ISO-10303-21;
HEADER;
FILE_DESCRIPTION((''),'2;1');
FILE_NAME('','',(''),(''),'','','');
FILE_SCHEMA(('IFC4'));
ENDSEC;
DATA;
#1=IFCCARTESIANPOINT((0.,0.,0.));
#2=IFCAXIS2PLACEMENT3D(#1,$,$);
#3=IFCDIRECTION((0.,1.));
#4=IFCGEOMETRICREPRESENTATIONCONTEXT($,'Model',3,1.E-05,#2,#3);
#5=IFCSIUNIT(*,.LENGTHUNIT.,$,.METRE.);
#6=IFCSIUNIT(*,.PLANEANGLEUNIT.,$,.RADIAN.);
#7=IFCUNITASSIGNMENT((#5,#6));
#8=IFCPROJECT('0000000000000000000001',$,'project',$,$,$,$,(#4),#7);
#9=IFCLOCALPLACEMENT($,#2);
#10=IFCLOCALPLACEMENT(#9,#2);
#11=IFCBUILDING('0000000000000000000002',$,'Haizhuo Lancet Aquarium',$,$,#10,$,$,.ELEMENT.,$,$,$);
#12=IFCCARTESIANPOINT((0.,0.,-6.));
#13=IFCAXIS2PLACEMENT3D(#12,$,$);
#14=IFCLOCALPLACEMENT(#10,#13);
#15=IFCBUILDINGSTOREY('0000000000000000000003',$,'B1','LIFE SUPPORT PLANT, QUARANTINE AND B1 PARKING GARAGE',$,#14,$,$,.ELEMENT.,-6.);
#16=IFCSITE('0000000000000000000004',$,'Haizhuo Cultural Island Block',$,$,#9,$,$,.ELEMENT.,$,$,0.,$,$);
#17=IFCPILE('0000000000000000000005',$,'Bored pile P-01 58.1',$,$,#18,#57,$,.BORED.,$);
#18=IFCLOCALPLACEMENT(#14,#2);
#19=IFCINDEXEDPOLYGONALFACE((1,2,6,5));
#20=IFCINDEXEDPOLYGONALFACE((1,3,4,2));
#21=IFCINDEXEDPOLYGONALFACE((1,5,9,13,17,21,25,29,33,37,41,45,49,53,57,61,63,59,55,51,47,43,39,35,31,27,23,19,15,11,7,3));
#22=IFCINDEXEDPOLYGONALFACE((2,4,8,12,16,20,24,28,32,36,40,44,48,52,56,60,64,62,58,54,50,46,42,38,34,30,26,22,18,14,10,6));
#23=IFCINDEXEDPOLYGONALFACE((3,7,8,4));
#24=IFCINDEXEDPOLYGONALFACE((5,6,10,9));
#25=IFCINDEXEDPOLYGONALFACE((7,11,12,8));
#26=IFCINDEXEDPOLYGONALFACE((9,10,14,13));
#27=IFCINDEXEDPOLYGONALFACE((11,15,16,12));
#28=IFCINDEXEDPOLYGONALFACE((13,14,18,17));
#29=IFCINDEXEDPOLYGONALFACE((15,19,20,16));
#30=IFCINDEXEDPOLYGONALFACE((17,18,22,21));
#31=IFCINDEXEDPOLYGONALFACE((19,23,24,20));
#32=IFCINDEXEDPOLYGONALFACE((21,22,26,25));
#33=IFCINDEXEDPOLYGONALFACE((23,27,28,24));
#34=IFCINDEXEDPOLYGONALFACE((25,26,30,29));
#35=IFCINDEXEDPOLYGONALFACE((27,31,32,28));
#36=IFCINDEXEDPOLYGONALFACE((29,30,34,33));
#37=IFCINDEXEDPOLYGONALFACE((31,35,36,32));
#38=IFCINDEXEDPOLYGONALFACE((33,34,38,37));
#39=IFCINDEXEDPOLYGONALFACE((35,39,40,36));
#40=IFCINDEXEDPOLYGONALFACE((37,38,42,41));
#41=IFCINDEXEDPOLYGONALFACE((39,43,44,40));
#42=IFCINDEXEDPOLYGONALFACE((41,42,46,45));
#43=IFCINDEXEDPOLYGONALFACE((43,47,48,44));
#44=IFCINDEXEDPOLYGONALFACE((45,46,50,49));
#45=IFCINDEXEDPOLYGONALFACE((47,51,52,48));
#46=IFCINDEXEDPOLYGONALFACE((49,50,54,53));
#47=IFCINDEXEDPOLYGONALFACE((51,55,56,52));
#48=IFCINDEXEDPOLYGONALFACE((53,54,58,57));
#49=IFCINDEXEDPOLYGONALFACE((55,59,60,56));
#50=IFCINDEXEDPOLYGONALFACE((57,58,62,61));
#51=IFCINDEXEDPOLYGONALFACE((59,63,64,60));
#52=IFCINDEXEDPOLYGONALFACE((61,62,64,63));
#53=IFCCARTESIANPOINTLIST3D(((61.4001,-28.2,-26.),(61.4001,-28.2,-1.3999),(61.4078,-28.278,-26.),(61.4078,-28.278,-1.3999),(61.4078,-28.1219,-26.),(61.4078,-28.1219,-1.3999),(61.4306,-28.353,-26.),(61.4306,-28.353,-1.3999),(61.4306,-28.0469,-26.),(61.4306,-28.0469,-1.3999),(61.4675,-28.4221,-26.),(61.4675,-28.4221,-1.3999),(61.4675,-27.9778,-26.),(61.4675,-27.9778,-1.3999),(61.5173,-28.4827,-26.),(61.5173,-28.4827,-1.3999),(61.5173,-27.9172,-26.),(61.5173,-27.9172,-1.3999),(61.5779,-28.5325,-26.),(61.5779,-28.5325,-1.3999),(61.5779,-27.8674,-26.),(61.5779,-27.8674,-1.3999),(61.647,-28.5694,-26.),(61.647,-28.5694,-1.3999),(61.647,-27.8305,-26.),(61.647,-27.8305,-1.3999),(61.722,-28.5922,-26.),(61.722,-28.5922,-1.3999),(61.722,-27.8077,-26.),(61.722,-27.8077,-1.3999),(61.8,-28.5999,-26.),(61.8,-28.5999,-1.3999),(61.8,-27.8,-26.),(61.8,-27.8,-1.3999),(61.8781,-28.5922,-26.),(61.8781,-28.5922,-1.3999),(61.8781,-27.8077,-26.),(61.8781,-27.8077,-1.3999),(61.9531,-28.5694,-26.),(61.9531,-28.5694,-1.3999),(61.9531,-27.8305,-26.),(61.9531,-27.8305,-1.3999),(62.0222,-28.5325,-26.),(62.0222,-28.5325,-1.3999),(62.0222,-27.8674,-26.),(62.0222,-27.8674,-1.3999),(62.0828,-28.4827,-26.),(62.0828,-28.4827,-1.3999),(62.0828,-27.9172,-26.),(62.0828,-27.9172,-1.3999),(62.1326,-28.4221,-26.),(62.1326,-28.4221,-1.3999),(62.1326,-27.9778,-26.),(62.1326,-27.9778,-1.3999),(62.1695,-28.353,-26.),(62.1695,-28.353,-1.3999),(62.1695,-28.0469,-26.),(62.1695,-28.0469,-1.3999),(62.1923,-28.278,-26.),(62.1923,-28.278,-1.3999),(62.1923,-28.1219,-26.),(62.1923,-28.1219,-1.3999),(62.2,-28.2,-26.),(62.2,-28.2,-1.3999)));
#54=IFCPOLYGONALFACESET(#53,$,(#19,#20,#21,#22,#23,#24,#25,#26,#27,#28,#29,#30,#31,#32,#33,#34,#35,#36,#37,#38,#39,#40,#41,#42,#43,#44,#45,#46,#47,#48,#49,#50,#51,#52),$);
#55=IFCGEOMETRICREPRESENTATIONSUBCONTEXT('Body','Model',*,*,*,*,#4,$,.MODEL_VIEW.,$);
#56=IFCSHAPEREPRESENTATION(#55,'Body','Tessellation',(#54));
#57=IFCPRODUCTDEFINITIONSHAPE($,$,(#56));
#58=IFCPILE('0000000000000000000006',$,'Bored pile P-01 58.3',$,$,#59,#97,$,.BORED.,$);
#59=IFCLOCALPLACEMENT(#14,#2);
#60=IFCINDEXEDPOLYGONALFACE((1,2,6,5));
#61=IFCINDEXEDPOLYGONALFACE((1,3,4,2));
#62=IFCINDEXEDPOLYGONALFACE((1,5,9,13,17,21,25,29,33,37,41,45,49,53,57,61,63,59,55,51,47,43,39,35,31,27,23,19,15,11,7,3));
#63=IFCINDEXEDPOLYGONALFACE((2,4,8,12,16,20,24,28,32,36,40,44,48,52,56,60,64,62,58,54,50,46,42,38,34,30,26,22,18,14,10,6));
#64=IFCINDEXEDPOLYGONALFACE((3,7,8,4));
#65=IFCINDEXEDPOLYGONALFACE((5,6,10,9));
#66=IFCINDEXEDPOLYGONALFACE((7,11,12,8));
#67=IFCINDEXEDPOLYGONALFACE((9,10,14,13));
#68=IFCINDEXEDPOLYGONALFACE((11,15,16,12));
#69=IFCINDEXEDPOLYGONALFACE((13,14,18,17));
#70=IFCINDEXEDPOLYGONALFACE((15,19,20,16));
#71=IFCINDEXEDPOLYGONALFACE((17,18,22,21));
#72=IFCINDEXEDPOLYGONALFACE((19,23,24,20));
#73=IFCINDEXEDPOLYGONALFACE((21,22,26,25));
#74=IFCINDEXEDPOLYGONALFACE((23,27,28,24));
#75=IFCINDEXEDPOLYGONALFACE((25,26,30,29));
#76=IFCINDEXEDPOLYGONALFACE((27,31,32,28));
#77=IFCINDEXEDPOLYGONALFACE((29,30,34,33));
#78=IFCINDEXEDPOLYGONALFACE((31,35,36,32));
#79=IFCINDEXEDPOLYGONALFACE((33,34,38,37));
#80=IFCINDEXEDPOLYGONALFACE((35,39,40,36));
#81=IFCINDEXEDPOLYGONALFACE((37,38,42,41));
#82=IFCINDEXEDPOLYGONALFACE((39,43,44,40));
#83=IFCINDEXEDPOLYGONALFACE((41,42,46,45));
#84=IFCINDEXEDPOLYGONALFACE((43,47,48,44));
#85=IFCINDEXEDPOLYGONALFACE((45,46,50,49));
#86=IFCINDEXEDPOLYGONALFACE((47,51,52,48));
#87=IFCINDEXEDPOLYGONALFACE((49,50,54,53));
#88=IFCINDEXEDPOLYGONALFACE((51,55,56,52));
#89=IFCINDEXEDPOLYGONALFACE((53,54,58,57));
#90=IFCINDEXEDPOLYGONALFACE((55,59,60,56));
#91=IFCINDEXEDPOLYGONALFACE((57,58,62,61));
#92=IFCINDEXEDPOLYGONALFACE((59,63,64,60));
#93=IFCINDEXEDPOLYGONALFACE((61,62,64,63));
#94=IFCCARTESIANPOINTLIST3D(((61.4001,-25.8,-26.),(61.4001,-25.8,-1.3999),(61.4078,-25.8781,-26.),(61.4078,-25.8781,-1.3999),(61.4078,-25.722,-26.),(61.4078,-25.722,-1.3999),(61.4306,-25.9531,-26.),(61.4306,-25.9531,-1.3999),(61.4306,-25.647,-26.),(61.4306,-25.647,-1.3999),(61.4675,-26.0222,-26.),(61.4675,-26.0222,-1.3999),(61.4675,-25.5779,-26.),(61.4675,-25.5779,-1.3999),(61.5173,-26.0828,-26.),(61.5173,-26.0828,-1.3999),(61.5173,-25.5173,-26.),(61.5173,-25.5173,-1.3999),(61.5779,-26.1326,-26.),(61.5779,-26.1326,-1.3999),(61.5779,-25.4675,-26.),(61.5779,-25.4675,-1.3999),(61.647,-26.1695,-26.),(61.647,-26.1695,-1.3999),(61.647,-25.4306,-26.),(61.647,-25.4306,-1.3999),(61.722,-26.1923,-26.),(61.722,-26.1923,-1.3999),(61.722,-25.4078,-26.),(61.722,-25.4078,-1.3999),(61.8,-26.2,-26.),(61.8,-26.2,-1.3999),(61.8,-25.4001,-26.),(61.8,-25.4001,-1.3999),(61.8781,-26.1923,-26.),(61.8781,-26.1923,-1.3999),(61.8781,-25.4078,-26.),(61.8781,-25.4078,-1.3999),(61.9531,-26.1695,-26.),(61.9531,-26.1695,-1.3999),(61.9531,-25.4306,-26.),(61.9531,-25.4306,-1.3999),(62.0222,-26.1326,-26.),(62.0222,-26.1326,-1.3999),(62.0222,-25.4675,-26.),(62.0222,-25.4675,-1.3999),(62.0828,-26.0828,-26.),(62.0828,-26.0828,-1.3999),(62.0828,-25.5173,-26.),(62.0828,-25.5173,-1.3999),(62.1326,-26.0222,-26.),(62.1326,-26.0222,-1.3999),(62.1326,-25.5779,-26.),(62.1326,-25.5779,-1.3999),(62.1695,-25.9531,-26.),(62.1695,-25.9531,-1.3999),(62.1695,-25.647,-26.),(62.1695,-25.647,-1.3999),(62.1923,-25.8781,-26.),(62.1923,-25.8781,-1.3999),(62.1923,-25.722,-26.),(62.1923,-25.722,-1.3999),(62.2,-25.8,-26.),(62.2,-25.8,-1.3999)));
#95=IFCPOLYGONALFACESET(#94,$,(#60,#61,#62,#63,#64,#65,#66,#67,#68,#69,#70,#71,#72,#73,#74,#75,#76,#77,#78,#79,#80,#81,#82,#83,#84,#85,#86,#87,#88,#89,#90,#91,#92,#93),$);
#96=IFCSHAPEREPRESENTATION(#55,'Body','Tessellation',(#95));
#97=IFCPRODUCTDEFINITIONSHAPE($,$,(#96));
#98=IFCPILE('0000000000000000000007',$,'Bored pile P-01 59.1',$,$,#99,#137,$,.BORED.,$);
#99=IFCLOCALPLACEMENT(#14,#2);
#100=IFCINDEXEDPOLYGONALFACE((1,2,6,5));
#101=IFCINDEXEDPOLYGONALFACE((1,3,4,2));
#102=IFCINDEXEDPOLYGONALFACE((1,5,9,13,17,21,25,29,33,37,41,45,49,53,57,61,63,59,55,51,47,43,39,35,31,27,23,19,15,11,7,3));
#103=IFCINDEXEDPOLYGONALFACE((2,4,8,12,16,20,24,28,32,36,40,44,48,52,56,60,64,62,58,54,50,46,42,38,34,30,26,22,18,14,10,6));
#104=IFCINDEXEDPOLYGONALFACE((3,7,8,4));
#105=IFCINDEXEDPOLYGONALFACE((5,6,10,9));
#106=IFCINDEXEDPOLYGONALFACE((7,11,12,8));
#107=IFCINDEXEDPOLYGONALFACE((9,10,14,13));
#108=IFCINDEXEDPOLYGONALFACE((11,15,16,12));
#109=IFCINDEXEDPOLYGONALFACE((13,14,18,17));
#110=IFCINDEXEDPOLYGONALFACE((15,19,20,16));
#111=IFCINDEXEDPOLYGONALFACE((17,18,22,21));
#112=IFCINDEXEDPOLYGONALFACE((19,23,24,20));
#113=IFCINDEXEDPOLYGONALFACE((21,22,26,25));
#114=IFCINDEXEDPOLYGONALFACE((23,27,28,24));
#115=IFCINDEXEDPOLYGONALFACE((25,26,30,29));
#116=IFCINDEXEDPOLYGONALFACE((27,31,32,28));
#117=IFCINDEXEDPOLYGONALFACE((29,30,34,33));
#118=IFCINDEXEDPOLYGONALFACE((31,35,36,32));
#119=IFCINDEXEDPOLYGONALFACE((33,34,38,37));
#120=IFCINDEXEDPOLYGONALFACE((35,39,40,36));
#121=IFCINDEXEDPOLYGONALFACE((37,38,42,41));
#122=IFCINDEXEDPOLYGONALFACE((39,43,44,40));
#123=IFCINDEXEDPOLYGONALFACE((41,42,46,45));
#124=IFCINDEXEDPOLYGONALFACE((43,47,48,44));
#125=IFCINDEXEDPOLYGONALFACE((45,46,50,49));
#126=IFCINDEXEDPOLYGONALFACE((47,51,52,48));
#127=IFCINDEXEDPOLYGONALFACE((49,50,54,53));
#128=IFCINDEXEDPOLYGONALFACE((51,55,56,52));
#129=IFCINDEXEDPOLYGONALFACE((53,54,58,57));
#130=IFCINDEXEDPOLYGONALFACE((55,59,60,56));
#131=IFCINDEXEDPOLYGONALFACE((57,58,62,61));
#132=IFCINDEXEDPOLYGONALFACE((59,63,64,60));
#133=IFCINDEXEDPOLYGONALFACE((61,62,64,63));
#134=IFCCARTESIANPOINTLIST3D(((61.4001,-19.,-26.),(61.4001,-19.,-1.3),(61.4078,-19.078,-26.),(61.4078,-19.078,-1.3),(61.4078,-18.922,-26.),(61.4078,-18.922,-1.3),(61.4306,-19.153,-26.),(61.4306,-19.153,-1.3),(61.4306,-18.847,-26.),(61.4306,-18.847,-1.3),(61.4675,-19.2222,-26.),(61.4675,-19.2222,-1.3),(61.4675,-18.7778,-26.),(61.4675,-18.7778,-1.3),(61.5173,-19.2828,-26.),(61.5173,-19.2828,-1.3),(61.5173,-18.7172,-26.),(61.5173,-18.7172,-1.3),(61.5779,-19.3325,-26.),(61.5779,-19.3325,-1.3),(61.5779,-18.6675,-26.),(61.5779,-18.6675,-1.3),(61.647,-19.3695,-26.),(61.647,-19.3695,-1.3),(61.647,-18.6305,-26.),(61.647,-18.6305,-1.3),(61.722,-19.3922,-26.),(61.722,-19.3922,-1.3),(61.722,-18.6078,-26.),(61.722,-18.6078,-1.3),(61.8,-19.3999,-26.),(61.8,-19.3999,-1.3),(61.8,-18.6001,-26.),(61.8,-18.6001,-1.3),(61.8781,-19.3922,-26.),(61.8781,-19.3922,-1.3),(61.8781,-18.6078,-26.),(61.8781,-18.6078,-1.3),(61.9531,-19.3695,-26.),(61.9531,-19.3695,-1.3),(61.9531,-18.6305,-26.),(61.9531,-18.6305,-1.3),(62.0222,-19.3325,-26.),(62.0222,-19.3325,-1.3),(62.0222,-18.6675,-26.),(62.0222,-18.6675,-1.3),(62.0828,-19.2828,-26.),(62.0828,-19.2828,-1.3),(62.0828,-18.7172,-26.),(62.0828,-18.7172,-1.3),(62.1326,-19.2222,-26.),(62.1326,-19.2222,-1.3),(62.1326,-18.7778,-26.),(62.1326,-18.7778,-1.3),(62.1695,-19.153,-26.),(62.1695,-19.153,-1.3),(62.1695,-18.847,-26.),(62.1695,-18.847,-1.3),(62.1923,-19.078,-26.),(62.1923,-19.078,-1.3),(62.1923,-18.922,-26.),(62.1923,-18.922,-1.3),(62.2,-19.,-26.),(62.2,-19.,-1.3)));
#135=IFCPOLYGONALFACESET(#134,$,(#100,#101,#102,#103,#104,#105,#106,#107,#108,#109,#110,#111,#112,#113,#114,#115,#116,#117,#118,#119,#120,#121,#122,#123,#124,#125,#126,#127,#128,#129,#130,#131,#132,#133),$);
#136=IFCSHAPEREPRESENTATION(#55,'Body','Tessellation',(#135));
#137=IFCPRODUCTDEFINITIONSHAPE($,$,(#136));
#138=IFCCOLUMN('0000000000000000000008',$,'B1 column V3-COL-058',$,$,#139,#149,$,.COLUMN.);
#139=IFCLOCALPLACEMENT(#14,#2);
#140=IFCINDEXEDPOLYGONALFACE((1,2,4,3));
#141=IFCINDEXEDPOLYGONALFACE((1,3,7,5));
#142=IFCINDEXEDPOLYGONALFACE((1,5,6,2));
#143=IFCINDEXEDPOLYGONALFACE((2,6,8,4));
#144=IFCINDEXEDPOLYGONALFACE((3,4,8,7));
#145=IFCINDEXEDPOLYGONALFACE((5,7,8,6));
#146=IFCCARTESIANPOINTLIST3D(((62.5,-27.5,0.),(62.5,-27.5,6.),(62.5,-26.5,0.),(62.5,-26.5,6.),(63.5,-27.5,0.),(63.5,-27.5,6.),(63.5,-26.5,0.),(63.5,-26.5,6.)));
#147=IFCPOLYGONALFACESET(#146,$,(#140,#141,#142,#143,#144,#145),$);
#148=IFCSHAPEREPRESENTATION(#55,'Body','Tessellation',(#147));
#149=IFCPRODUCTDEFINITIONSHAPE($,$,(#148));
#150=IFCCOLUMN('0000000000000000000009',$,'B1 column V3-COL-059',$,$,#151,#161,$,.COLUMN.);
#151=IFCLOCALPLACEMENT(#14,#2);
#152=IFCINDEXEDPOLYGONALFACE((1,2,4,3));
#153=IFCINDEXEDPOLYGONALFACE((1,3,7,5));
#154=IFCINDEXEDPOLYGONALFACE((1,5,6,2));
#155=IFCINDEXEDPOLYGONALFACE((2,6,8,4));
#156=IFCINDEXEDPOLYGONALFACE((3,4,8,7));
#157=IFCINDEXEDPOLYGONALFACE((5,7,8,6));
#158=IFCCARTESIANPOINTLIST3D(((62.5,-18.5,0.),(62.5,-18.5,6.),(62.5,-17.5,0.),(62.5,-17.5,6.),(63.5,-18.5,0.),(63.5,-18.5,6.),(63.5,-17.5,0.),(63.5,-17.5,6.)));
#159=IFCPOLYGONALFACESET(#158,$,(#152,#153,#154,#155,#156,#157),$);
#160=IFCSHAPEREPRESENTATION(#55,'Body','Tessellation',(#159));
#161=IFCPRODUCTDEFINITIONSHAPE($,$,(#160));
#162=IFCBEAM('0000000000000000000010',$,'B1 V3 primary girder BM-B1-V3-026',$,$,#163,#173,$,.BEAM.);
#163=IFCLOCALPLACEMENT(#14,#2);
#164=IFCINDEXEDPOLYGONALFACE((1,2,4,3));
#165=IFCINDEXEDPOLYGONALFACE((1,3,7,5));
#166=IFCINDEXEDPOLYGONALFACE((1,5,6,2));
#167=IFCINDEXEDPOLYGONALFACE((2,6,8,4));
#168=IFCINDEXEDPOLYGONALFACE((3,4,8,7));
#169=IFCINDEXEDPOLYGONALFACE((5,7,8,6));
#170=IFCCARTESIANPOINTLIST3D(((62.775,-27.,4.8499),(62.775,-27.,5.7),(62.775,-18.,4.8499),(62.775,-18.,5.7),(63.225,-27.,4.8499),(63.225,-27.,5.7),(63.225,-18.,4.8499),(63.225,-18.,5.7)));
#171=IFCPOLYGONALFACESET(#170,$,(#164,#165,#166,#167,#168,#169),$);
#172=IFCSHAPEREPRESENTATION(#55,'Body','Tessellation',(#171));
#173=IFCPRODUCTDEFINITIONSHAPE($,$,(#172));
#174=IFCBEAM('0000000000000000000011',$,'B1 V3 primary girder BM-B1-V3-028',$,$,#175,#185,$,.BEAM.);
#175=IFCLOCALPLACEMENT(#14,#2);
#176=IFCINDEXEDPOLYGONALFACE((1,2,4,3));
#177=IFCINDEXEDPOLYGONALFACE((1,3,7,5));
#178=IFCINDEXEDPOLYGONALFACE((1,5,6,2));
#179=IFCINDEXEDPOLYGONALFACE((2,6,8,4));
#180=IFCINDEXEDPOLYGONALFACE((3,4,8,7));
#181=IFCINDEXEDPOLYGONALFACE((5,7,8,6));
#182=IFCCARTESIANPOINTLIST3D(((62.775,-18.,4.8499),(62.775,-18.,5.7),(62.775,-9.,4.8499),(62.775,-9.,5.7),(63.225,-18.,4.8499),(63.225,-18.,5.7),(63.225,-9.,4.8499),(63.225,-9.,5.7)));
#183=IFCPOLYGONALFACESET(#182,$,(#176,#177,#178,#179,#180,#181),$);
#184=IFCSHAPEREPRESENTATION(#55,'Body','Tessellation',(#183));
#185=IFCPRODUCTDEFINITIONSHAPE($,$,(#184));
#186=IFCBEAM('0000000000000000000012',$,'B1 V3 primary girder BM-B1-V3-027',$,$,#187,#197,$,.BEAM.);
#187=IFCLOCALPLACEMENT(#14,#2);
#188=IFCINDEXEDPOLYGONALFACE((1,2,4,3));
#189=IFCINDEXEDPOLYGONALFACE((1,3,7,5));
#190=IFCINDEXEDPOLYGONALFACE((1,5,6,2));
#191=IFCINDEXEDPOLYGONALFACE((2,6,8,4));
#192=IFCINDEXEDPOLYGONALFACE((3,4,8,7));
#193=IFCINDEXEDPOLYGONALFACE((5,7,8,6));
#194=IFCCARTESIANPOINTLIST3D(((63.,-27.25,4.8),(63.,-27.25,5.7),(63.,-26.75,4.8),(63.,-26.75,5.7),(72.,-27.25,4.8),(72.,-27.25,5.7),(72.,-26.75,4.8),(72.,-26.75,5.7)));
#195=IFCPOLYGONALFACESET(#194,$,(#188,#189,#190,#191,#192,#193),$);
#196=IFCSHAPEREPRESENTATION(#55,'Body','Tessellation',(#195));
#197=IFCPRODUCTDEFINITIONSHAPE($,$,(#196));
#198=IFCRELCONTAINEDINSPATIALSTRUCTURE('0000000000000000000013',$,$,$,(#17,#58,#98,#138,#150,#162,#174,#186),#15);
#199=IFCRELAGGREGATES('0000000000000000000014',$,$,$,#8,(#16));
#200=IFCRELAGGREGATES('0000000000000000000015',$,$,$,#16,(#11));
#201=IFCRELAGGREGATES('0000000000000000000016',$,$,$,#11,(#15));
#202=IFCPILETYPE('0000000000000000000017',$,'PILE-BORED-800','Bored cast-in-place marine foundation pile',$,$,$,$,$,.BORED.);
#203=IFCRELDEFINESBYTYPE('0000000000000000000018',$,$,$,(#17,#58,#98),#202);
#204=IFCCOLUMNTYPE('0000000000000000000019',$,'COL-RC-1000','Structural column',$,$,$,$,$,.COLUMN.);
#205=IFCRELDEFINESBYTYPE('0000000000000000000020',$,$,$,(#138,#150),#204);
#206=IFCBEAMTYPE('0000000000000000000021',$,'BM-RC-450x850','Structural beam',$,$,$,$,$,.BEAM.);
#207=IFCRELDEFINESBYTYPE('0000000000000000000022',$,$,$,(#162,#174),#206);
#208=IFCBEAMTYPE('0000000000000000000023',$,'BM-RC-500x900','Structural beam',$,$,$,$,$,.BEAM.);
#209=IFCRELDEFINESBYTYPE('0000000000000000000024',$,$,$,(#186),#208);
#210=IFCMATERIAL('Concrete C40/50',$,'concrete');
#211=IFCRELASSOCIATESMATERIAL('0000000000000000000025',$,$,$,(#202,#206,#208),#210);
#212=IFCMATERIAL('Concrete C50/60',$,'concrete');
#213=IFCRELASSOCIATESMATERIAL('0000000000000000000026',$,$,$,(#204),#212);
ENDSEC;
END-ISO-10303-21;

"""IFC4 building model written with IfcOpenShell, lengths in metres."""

from ifc_helpers import new_model, si_unit, direction, frame, origin, origin_2d, place, context, subcontext, project, spatial, rectangle, circle, extrude, material, material_profile, profile_set, type_object, element, save


model = new_model("IFC4")

# Units and contexts
model_context = context("Model", 3, precision=1e-05, world=origin(), true_north=direction((0.0, 1.0)))
body_context = subcontext(model_context, "Body", "Model", "MODEL_VIEW")
ifc_project = project(units=[si_unit("LENGTHUNIT", "METRE"), si_unit("PLANEANGLEUNIT", "RADIAN")], contexts=[model_context])

# Site, building, storey
site_placement = place(None, origin())
site = spatial("IfcSite", under=ifc_project, at=site_placement, Name="Haizhuo Cultural Island Block", CompositionType="ELEMENT", RefElevation=0.0)
building_placement = place(site_placement, origin())
building = spatial("IfcBuilding", under=site, at=building_placement, Name="Haizhuo Lancet Aquarium", CompositionType="ELEMENT")
storey_placement = place(building_placement, frame((0.0, 0.0, -6.0)))
storey = spatial("IfcBuildingStorey", under=building, at=storey_placement, Name="B1", Description="LIFE SUPPORT PLANT, QUARANTINE AND B1 PARKING GARAGE", CompositionType="ELEMENT", Elevation=-6.0)

# Shared definitions
ifc_material_1 = material(Name="Concrete C40/50", Category="concrete")

# Piles
ifc_material_profile_1 = material_profile(ifc_material_1, circle(Radius=0.3999, at=origin_2d()), Name="PILE-800")
ifc_profile_set_1 = profile_set([ifc_material_profile_1], Name="Concrete C40/50")
pile_type = type_object("IfcPileType", Name="PILE-BORED-800", Description="Bored cast-in-place marine foundation pile", PredefinedType="BORED", material=ifc_profile_set_1)
for number, where, z_axis, x_axis, name in (
    (1, (61.8, -28.2, -1.3999), (0.0, 0.0, -1.0), (1.0, 0.0, 0.0), "Bored pile P-01 58.1"),
    (2, (61.8, -25.8, -1.3999), (0.0, 0.0, -1.0), (1.0, 0.0, 0.0), "Bored pile P-01 58.3"),
):
    element("IfcPile", number, at=place(storey_placement, frame(where, z_axis=z_axis, x_axis=x_axis)), inside=storey, type_object=pile_type, Name=name, PredefinedType="BORED", context=body_context, shape_type="SweptSolid", body=[
        extrude(circle(Radius=0.3999, at=origin_2d()), origin(), (0.0, 0.0, 1.0), 24.6001),
    ])
pile_1_placement = place(storey_placement, frame((61.8, -19.0, -1.3), z_axis=(0.0, 0.0, -1.0), x_axis=(1.0, 0.0, 0.0)))
element("IfcPile", 3, at=pile_1_placement, inside=storey, type_object=pile_type, Name="Bored pile P-01 59.1", PredefinedType="BORED", context=body_context, shape_type="SweptSolid", body=[
    extrude(circle(Radius=0.3999, at=origin_2d()), origin(), (0.0, 0.0, 1.0), 24.7),
])

# Columns
ifc_material_2 = material(Name="Concrete C50/60", Category="concrete")
ifc_material_profile_2 = material_profile(ifc_material_2, rectangle(XDim=1.0, YDim=1.0, at=origin_2d()), Name="RC-COL 1000x1000")
ifc_profile_set_2 = profile_set([ifc_material_profile_2], Name="Concrete C50/60")
column_type = type_object("IfcColumnType", Name="COL-RC-1000", Description="Structural column", PredefinedType="COLUMN", material=ifc_profile_set_2)
for number, where, z_axis, x_axis, name in (
    (4, (63.0, -27.0, 0.0), (0.0, 0.0, 1.0), (1.0, 0.0, 0.0), "B1 column V3-COL-058"),
    (5, (63.0, -18.0, 0.0), (0.0, 0.0, 1.0), (1.0, 0.0, 0.0), "B1 column V3-COL-059"),
):
    element("IfcColumn", number, at=place(storey_placement, frame(where, z_axis=z_axis, x_axis=x_axis)), inside=storey, type_object=column_type, Name=name, PredefinedType="COLUMN", context=body_context, shape_type="SweptSolid", body=[
        extrude(rectangle(XDim=1.0, YDim=1.0, at=origin_2d()), origin(), (0.0, 0.0, 1.0), 6.0),
    ])

# Beams
ifc_material_profile_3 = material_profile(ifc_material_1, rectangle(XDim=0.45, YDim=0.8501, at=origin_2d()), Name="RC-BM 450x850")
ifc_profile_set_3 = profile_set([ifc_material_profile_3], Name="Concrete C40/50")
beam_type_1 = type_object("IfcBeamType", Name="BM-RC-450x850", Description="Structural beam", PredefinedType="BEAM", material=ifc_profile_set_3)
for number, where, z_axis, x_axis, name in (
    (6, (63.0, -27.0, 5.2749), (0.0, 1.0, 0.0), (-1.0, 0.0, 0.0), "B1 V3 primary girder BM-B1-V3-026"),
    (7, (63.0, -18.0, 5.2749), (0.0, 1.0, 0.0), (-1.0, 0.0, 0.0), "B1 V3 primary girder BM-B1-V3-028"),
):
    element("IfcBeam", number, at=place(storey_placement, frame(where, z_axis=z_axis, x_axis=x_axis)), inside=storey, type_object=beam_type_1, Name=name, PredefinedType="BEAM", context=body_context, shape_type="SweptSolid", body=[
        extrude(rectangle(XDim=0.45, YDim=0.8501, at=origin_2d()), origin(), (0.0, 0.0, 1.0), 9.0),
    ])
ifc_material_profile_4 = material_profile(ifc_material_1, rectangle(XDim=0.5, YDim=0.8999, at=origin_2d()), Name="RC-BM 500x900")
ifc_profile_set_4 = profile_set([ifc_material_profile_4], Name="Concrete C40/50")
beam_type_2 = type_object("IfcBeamType", Name="BM-RC-500x900", Description="Structural beam", PredefinedType="BEAM", material=ifc_profile_set_4)
for number, where, z_axis, x_axis, name in (
    (8, (63.0, -27.0, 5.25), (1.0, 0.0, 0.0), (0.0, 1.0, 0.0), "B1 V3 primary girder BM-B1-V3-027"),
):
    element("IfcBeam", number, at=place(storey_placement, frame(where, z_axis=z_axis, x_axis=x_axis)), inside=storey, type_object=beam_type_2, Name=name, PredefinedType="BEAM", context=body_context, shape_type="SweptSolid", body=[
        extrude(rectangle(XDim=0.5, YDim=0.8999, at=origin_2d()), origin(), (0.0, 0.0, 1.0), 9.0),
    ])

save(model, "model.ifc")
